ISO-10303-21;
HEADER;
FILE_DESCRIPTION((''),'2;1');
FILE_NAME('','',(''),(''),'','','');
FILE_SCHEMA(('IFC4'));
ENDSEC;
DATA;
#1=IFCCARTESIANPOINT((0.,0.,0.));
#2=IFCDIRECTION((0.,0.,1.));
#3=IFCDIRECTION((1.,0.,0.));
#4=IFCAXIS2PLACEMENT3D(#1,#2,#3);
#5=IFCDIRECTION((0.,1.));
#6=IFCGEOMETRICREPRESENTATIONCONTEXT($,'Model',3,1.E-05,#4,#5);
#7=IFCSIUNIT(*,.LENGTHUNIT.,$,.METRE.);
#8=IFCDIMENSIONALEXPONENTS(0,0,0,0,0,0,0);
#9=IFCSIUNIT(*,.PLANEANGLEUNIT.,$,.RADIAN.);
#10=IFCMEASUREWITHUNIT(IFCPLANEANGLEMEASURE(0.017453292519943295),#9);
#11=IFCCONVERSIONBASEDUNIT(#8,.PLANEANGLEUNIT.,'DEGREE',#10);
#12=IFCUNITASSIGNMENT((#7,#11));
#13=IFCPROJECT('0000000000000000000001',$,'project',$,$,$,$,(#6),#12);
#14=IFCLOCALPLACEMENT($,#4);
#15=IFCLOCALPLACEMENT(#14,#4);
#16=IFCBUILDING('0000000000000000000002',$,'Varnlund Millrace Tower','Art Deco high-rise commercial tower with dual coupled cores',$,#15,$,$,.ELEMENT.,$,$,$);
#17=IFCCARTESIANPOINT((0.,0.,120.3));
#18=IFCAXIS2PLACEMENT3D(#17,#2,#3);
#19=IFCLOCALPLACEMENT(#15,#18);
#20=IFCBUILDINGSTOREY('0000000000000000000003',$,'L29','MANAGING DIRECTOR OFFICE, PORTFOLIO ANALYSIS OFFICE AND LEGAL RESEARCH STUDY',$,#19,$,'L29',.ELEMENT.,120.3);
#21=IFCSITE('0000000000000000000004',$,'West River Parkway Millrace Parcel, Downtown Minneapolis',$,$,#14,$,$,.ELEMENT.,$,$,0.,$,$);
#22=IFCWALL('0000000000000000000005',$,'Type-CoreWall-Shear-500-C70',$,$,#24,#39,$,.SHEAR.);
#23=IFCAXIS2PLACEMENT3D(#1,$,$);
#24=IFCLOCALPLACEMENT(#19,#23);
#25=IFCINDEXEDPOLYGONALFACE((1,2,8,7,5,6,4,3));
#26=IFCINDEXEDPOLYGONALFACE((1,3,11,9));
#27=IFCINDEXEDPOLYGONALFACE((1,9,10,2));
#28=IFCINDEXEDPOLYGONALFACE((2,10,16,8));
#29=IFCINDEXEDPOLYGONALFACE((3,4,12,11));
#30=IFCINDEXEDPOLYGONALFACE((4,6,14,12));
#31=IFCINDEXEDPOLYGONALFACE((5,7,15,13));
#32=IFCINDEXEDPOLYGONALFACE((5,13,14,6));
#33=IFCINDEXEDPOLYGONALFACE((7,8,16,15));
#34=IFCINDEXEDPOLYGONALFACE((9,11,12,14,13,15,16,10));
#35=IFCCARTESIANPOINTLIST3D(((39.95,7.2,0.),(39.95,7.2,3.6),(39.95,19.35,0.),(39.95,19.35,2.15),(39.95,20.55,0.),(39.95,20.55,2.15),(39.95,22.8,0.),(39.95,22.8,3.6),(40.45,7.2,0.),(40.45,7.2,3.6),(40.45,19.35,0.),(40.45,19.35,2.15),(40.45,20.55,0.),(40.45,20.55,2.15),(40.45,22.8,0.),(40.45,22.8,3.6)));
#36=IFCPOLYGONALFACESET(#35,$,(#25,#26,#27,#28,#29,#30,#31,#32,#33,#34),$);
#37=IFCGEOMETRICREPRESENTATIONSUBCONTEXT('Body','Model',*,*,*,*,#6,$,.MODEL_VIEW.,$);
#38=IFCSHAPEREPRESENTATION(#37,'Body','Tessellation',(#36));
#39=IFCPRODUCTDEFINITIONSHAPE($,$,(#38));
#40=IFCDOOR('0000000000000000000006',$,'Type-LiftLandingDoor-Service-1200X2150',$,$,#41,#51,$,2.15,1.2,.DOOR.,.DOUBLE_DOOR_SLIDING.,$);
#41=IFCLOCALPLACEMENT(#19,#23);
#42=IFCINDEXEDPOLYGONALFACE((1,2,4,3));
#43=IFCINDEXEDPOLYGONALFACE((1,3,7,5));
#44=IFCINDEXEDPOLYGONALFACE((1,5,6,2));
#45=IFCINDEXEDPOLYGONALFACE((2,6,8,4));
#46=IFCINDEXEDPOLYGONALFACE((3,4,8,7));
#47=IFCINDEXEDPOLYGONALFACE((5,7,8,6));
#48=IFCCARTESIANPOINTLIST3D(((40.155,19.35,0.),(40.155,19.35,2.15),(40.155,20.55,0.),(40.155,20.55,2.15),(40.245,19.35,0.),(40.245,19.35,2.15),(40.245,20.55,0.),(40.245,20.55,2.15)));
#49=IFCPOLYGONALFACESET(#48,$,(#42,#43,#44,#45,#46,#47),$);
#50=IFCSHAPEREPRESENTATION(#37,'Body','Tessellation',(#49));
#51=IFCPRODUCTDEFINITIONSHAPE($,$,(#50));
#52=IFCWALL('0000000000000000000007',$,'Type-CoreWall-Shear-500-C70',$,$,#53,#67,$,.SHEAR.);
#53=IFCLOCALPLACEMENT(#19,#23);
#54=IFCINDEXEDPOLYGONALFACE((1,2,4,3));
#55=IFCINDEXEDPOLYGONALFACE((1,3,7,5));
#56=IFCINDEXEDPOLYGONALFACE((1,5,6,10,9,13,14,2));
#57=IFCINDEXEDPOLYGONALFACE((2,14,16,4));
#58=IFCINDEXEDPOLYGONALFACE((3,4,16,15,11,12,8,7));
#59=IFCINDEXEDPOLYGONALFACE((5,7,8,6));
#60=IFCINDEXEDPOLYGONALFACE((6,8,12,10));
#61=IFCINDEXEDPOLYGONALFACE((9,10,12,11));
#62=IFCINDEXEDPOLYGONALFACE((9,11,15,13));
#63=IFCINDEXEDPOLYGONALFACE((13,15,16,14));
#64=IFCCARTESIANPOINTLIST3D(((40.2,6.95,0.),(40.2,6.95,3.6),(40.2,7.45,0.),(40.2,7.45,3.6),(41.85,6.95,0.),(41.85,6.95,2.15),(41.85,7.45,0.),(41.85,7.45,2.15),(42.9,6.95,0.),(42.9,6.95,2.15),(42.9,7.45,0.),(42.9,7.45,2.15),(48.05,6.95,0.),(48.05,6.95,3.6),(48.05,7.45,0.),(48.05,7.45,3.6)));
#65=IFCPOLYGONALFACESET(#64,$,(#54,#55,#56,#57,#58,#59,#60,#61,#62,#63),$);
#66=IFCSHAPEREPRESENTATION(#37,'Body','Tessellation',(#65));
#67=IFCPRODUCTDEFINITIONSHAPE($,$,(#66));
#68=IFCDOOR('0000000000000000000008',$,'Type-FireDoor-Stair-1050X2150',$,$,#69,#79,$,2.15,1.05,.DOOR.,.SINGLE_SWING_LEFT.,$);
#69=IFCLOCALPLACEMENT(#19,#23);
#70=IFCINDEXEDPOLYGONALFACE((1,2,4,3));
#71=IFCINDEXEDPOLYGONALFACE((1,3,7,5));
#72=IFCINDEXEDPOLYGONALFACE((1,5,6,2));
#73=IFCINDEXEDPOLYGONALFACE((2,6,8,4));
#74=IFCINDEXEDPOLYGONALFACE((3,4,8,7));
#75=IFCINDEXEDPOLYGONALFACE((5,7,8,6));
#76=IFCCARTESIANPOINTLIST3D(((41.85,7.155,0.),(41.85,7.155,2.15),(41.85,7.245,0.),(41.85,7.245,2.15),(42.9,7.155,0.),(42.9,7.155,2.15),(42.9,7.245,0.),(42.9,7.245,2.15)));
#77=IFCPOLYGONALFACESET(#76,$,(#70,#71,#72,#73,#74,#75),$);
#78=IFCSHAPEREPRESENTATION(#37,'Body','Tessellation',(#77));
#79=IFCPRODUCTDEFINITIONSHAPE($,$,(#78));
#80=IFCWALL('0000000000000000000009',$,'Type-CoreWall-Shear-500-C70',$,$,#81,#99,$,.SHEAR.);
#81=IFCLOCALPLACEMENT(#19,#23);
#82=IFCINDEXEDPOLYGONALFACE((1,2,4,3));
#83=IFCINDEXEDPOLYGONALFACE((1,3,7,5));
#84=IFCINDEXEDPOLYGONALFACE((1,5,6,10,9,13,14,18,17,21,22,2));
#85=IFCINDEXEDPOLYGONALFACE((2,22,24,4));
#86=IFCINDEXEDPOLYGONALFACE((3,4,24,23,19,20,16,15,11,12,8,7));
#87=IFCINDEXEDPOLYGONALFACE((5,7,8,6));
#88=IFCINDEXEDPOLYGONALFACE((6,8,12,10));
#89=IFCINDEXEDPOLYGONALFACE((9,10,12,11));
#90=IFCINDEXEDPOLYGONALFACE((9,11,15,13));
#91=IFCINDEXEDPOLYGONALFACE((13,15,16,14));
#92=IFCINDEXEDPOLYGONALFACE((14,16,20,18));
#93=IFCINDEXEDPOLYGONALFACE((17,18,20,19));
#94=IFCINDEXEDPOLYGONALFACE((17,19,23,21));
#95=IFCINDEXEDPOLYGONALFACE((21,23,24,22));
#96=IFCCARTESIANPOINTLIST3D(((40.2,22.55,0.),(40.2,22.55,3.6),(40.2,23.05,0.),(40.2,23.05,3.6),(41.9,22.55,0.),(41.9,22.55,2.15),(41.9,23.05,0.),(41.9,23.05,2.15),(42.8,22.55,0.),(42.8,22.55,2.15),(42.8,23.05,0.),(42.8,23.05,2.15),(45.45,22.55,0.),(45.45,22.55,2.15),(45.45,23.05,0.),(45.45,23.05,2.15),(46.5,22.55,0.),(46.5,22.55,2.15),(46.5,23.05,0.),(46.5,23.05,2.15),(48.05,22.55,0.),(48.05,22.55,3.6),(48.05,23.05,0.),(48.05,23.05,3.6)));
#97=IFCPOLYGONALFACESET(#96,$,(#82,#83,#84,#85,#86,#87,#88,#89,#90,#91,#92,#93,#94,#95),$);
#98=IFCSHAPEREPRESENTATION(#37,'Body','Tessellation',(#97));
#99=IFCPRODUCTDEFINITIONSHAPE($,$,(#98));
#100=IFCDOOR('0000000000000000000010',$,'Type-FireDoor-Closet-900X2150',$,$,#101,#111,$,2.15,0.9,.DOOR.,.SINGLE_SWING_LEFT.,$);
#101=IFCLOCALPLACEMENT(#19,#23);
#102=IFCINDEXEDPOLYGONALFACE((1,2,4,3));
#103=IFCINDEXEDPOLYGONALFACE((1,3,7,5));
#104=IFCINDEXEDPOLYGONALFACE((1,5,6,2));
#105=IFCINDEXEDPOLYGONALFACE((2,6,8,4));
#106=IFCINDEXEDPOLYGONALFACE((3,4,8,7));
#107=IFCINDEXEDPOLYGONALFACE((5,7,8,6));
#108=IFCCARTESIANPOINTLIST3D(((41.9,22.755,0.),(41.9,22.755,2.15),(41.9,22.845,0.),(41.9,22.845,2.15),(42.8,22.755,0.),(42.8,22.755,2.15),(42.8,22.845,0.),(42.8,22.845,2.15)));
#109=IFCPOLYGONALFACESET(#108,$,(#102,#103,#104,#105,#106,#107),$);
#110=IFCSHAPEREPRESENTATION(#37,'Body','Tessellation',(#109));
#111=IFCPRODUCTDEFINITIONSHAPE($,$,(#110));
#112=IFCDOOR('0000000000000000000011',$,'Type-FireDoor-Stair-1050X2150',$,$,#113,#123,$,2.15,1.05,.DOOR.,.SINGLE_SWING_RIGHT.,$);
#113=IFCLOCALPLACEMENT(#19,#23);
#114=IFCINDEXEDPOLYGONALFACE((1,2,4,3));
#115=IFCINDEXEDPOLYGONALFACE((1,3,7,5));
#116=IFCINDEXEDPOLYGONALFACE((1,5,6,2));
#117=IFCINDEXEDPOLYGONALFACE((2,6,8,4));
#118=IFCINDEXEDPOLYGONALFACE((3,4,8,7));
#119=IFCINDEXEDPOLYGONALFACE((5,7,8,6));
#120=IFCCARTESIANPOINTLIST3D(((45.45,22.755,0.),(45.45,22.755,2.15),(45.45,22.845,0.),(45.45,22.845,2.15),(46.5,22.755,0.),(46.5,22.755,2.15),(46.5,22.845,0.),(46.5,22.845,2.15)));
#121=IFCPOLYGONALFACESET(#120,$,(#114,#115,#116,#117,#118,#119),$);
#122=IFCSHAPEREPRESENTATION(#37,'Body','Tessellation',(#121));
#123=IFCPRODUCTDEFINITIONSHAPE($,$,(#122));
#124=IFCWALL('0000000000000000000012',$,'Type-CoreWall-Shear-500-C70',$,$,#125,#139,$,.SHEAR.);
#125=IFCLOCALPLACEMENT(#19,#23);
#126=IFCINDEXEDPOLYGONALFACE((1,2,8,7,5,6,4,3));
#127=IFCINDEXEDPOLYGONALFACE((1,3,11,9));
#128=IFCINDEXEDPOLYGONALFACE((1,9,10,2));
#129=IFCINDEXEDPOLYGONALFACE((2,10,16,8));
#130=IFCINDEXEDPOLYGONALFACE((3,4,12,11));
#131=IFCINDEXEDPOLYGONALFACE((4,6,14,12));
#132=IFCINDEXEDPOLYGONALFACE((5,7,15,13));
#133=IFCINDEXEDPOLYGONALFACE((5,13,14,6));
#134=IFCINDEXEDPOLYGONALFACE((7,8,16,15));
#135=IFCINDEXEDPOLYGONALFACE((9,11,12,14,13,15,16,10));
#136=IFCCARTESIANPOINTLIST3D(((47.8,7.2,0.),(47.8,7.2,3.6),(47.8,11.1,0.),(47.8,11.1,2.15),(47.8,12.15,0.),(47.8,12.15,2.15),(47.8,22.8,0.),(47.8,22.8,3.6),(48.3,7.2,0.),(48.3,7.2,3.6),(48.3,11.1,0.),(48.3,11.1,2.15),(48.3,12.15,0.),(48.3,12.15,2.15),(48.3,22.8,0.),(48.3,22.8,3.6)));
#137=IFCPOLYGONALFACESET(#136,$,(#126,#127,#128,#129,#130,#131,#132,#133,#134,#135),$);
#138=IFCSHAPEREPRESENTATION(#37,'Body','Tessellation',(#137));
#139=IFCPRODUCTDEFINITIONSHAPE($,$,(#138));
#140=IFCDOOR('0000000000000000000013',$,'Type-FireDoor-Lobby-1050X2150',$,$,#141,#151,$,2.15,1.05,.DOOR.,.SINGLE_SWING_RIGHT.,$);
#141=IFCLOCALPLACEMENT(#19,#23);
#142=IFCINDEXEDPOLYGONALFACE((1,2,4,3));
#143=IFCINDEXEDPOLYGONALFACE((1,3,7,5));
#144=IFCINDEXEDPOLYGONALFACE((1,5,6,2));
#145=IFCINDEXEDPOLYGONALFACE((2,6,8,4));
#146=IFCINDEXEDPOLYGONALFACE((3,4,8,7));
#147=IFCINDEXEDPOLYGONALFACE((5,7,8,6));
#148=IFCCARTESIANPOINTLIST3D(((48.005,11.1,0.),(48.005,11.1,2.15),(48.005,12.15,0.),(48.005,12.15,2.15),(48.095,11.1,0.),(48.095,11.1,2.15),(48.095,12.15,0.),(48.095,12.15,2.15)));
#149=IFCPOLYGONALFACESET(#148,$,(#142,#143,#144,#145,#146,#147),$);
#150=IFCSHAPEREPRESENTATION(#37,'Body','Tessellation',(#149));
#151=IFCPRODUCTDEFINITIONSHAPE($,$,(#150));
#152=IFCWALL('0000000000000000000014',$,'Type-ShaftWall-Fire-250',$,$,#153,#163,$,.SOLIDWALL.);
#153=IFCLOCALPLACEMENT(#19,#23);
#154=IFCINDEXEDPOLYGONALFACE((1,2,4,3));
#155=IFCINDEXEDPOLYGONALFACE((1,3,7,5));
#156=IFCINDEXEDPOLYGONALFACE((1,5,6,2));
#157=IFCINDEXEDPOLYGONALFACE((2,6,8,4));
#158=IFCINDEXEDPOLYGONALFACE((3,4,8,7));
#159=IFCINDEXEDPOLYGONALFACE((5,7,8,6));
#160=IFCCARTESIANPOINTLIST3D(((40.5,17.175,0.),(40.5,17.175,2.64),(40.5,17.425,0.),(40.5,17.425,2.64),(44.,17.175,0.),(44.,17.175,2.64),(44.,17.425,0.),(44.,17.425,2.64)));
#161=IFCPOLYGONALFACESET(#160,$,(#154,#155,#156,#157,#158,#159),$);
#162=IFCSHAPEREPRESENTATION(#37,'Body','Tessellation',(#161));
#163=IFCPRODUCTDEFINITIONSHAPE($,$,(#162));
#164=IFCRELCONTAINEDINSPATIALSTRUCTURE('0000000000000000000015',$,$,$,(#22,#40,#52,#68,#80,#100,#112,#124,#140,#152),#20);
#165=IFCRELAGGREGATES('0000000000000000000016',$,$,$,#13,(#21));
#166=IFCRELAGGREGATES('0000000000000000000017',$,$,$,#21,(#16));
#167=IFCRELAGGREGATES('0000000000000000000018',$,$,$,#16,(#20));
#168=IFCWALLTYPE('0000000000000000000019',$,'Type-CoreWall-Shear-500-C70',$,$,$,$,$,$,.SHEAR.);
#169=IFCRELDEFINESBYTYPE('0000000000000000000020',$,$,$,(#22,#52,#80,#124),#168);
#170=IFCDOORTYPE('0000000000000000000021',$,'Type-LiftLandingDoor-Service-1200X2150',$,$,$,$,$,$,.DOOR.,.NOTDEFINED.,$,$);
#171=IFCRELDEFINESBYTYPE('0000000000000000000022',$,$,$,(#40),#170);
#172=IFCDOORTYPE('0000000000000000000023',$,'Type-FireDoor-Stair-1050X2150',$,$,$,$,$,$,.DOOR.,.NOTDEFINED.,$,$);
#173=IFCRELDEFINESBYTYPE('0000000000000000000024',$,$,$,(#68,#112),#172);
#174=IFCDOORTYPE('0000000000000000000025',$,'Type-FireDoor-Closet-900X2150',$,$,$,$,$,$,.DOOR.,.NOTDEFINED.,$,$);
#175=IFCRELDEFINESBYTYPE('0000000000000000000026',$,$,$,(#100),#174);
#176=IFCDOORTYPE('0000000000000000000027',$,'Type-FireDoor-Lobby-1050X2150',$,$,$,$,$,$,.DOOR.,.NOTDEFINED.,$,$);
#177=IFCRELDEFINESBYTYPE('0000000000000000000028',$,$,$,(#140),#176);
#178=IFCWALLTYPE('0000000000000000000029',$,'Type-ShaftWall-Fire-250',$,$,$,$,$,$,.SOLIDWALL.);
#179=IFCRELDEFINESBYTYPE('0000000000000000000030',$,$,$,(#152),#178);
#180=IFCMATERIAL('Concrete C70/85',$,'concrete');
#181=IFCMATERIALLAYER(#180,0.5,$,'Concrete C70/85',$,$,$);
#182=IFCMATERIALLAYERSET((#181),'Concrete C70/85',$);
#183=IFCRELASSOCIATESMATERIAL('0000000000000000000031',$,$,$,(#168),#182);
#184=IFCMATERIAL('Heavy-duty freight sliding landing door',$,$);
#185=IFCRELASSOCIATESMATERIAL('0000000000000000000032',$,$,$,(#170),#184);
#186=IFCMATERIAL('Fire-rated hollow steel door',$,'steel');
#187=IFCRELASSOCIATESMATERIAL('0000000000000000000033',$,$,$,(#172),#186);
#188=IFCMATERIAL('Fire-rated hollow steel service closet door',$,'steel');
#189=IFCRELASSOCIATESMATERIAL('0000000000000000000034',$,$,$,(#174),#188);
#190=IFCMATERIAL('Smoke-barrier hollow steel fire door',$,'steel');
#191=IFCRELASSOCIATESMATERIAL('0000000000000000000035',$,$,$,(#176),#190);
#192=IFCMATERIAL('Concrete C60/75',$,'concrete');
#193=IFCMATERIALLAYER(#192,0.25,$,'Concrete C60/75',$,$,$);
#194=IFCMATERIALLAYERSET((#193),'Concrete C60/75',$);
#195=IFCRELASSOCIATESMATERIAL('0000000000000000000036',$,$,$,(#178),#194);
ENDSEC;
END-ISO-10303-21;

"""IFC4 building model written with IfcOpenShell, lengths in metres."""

from ifc_helpers import new_model, entity, si_unit, converted_unit, direction, frame, origin_with_axes, origin_2d_with_axis, place, context, subcontext, project, spatial, polyline, rectangle, outline, extrude, material, layer, layer_set, type_object, element, fill, save


model = new_model("IFC4")

# Units and contexts
model_context = context("Model", 3, precision=1e-05, world=origin_with_axes(), true_north=direction((0.0, 1.0)))
body_context = subcontext(model_context, "Body", "Model", "MODEL_VIEW")
ifc_project = project(units=[si_unit("LENGTHUNIT", "METRE"), converted_unit("PLANEANGLEUNIT", "DEGREE", entity("IfcPlaneAngleMeasure", 0.017453292519943295), si_unit("PLANEANGLEUNIT", "RADIAN"), dimensions=[0, 0, 0, 0, 0, 0, 0])], contexts=[model_context])

# Site, building, storey
site_placement = place(None, origin_with_axes())
site = spatial("IfcSite", under=ifc_project, at=site_placement, Name="West River Parkway Millrace Parcel, Downtown Minneapolis", CompositionType="ELEMENT", RefElevation=0.0)
building_placement = place(site_placement, origin_with_axes())
building = spatial("IfcBuilding", under=site, at=building_placement, Name="Varnlund Millrace Tower", Description="Art Deco high-rise commercial tower with dual coupled cores", CompositionType="ELEMENT")
storey_placement = place(building_placement, frame((0.0, 0.0, 120.3), z_axis=(0.0, 0.0, 1.0), x_axis=(1.0, 0.0, 0.0)))
storey = spatial("IfcBuildingStorey", under=building, at=storey_placement, Name="L29", Description="MANAGING DIRECTOR OFFICE, PORTFOLIO ANALYSIS OFFICE AND LEGAL RESEARCH STUDY", LongName="L29", CompositionType="ELEMENT", Elevation=120.3)

# Walls, openings, doors
ifc_material_1 = material(Name="Concrete C70/85", Category="concrete")
ifc_layer_1 = layer(ifc_material_1, 0.5, Name="Concrete C70/85")
ifc_layer_set_1 = layer_set([ifc_layer_1], Name="Concrete C70/85")
wall_type_1 = type_object("IfcWallType", Name="Type-CoreWall-Shear-500-C70", PredefinedType="SHEAR", material=ifc_layer_set_1)
wall_1_placement = place(storey_placement, frame((40.2, 7.2, 0.0), z_axis=(0.0, 0.0, 1.0), x_axis=(0.0, 1.0, 0.0)))
wall_1 = element("IfcWall", 1, at=wall_1_placement, inside=storey, type_object=wall_type_1, Name="Type-CoreWall-Shear-500-C70", PredefinedType="SHEAR", context=body_context, shape_type="SweptSolid", body=[
    extrude(outline(polyline([(0.0, -0.25), (15.6, -0.25), (15.6, 0.25), (0.0, 0.25), (0.0, -0.25)])), origin_with_axes(), (0.0, 0.0, 1.0), 3.6),
])
opening_1_placement = place(wall_1_placement, frame((12.75, 0.0, 0.0), z_axis=(0.0, 0.0, 1.0), x_axis=(1.0, 0.0, 0.0)))
opening_1 = element("IfcOpeningElement", 2, at=opening_1_placement, cuts=wall_1, PredefinedType="OPENING", context=body_context, shape_type="SweptSolid", body=[
    extrude(rectangle(XDim=1.2, YDim=0.52, at=origin_2d_with_axis()), origin_with_axes(), (0.0, 0.0, 1.0), 2.15),
])
ifc_material_2 = material(Name="Heavy-duty freight sliding landing door")
door_type_1 = type_object("IfcDoorType", Name="Type-LiftLandingDoor-Service-1200X2150", OperationType="NOTDEFINED", PredefinedType="DOOR", material=ifc_material_2)
door_1_placement = place(wall_1_placement, frame((12.75, 0.0, 0.0), z_axis=(0.0, 0.0, 1.0), x_axis=(1.0, 0.0, 0.0)))
door_1 = element("IfcDoor", 3, at=door_1_placement, inside=storey, type_object=door_type_1, Name="Type-LiftLandingDoor-Service-1200X2150", OperationType="DOUBLE_DOOR_SLIDING", OverallHeight=2.15, OverallWidth=1.2, PredefinedType="DOOR", context=body_context, shape_type="SweptSolid", body=[
    extrude(rectangle(XDim=1.2, YDim=0.09, at=origin_2d_with_axis()), origin_with_axes(), (0.0, 0.0, 1.0), 2.15),
])
fill(opening_1, door_1)
wall_2_placement = place(storey_placement, frame((40.2, 7.2, 0.0), z_axis=(0.0, 0.0, 1.0), x_axis=(1.0, 0.0, 0.0)))
wall_2 = element("IfcWall", 4, at=wall_2_placement, inside=storey, type_object=wall_type_1, Name="Type-CoreWall-Shear-500-C70", PredefinedType="SHEAR", context=body_context, shape_type="SweptSolid", body=[
    extrude(outline(polyline([(0.0, -0.25), (7.85, -0.25), (7.85, 0.25), (0.0, 0.25), (0.0, -0.25)])), origin_with_axes(), (0.0, 0.0, 1.0), 3.6),
])
opening_2_placement = place(wall_2_placement, frame((2.175, 0.0, 0.0), z_axis=(0.0, 0.0, 1.0), x_axis=(1.0, 0.0, 0.0)))
opening_2 = element("IfcOpeningElement", 5, at=opening_2_placement, cuts=wall_2, PredefinedType="OPENING", context=body_context, shape_type="SweptSolid", body=[
    extrude(rectangle(XDim=1.05, YDim=0.52, at=origin_2d_with_axis()), origin_with_axes(), (0.0, 0.0, 1.0), 2.15),
])
ifc_material_3 = material(Name="Fire-rated hollow steel door", Category="steel")
door_type_2 = type_object("IfcDoorType", Name="Type-FireDoor-Stair-1050X2150", OperationType="NOTDEFINED", PredefinedType="DOOR", material=ifc_material_3)
door_2_placement = place(wall_2_placement, frame((2.175, 0.0, 0.0), z_axis=(0.0, 0.0, 1.0), x_axis=(1.0, 0.0, 0.0)))
door_2 = element("IfcDoor", 6, at=door_2_placement, inside=storey, type_object=door_type_2, Name="Type-FireDoor-Stair-1050X2150", OperationType="SINGLE_SWING_LEFT", OverallHeight=2.15, OverallWidth=1.05, PredefinedType="DOOR", context=body_context, shape_type="SweptSolid", body=[
    extrude(rectangle(XDim=1.05, YDim=0.09, at=origin_2d_with_axis()), origin_with_axes(), (0.0, 0.0, 1.0), 2.15),
])
fill(opening_2, door_2)

# Wall, openings, doors
wall_3_placement = place(storey_placement, frame((40.2, 22.8, 0.0), z_axis=(0.0, 0.0, 1.0), x_axis=(1.0, 0.0, 0.0)))
wall_3 = element("IfcWall", 7, at=wall_3_placement, inside=storey, type_object=wall_type_1, Name="Type-CoreWall-Shear-500-C70", PredefinedType="SHEAR", context=body_context, shape_type="SweptSolid", body=[
    extrude(outline(polyline([(0.0, -0.25), (7.85, -0.25), (7.85, 0.25), (0.0, 0.25), (0.0, -0.25)])), origin_with_axes(), (0.0, 0.0, 1.0), 3.6),
])
opening_3_placement = place(wall_3_placement, frame((5.775, 0.0, 0.0), z_axis=(0.0, 0.0, 1.0), x_axis=(1.0, 0.0, 0.0)))
opening_3 = element("IfcOpeningElement", 8, at=opening_3_placement, cuts=wall_3, PredefinedType="OPENING", context=body_context, shape_type="SweptSolid", body=[
    extrude(rectangle(XDim=1.05, YDim=0.52, at=origin_2d_with_axis()), origin_with_axes(), (0.0, 0.0, 1.0), 2.15),
])
opening_4_placement = place(wall_3_placement, frame((2.15, 0.0, 0.0), z_axis=(0.0, 0.0, 1.0), x_axis=(1.0, 0.0, 0.0)))
opening_4 = element("IfcOpeningElement", 9, at=opening_4_placement, cuts=wall_3, PredefinedType="OPENING", context=body_context, shape_type="SweptSolid", body=[
    extrude(rectangle(XDim=0.9, YDim=0.52, at=origin_2d_with_axis()), origin_with_axes(), (0.0, 0.0, 1.0), 2.15),
])
ifc_material_4 = material(Name="Fire-rated hollow steel service closet door", Category="steel")
door_type_3 = type_object("IfcDoorType", Name="Type-FireDoor-Closet-900X2150", OperationType="NOTDEFINED", PredefinedType="DOOR", material=ifc_material_4)
door_3_placement = place(wall_3_placement, frame((2.15, 0.0, 0.0), z_axis=(0.0, 0.0, 1.0), x_axis=(1.0, 0.0, 0.0)))
door_3 = element("IfcDoor", 10, at=door_3_placement, inside=storey, type_object=door_type_3, Name="Type-FireDoor-Closet-900X2150", OperationType="SINGLE_SWING_LEFT", OverallHeight=2.15, OverallWidth=0.9, PredefinedType="DOOR", context=body_context, shape_type="SweptSolid", body=[
    extrude(rectangle(XDim=0.9, YDim=0.09, at=origin_2d_with_axis()), origin_with_axes(), (0.0, 0.0, 1.0), 2.15),
])
fill(opening_4, door_3)
door_4_placement = place(wall_3_placement, frame((5.775, 0.0, 0.0), z_axis=(0.0, 0.0, 1.0), x_axis=(1.0, 0.0, 0.0)))
door_4 = element("IfcDoor", 11, at=door_4_placement, inside=storey, type_object=door_type_2, Name="Type-FireDoor-Stair-1050X2150", OperationType="SINGLE_SWING_RIGHT", OverallHeight=2.15, OverallWidth=1.05, PredefinedType="DOOR", context=body_context, shape_type="SweptSolid", body=[
    extrude(rectangle(XDim=1.05, YDim=0.09, at=origin_2d_with_axis()), origin_with_axes(), (0.0, 0.0, 1.0), 2.15),
])
fill(opening_3, door_4)

# Wall, opening, door
wall_4_placement = place(storey_placement, frame((48.05, 7.2, 0.0), z_axis=(0.0, 0.0, 1.0), x_axis=(0.0, 1.0, 0.0)))
wall_4 = element("IfcWall", 12, at=wall_4_placement, inside=storey, type_object=wall_type_1, Name="Type-CoreWall-Shear-500-C70", PredefinedType="SHEAR", context=body_context, shape_type="SweptSolid", body=[
    extrude(outline(polyline([(0.0, -0.25), (15.6, -0.25), (15.6, 0.25), (0.0, 0.25), (0.0, -0.25)])), origin_with_axes(), (0.0, 0.0, 1.0), 3.6),
])
opening_5_placement = place(wall_4_placement, frame((4.425, 0.0, 0.0), z_axis=(0.0, 0.0, 1.0), x_axis=(1.0, 0.0, 0.0)))
opening_5 = element("IfcOpeningElement", 13, at=opening_5_placement, cuts=wall_4, PredefinedType="OPENING", context=body_context, shape_type="SweptSolid", body=[
    extrude(rectangle(XDim=1.05, YDim=0.52, at=origin_2d_with_axis()), origin_with_axes(), (0.0, 0.0, 1.0), 2.15),
])
ifc_material_5 = material(Name="Smoke-barrier hollow steel fire door", Category="steel")
door_type_4 = type_object("IfcDoorType", Name="Type-FireDoor-Lobby-1050X2150", OperationType="NOTDEFINED", PredefinedType="DOOR", material=ifc_material_5)
door_5_placement = place(wall_4_placement, frame((4.425, 0.0, 0.0), z_axis=(0.0, 0.0, 1.0), x_axis=(1.0, 0.0, 0.0)))
door_5 = element("IfcDoor", 14, at=door_5_placement, inside=storey, type_object=door_type_4, Name="Type-FireDoor-Lobby-1050X2150", OperationType="SINGLE_SWING_RIGHT", OverallHeight=2.15, OverallWidth=1.05, PredefinedType="DOOR", context=body_context, shape_type="SweptSolid", body=[
    extrude(rectangle(XDim=1.05, YDim=0.09, at=origin_2d_with_axis()), origin_with_axes(), (0.0, 0.0, 1.0), 2.15),
])
fill(opening_5, door_5)

# Wall
ifc_material_6 = material(Name="Concrete C60/75", Category="concrete")
ifc_layer_2 = layer(ifc_material_6, 0.25, Name="Concrete C60/75")
ifc_layer_set_2 = layer_set([ifc_layer_2], Name="Concrete C60/75")
wall_type_2 = type_object("IfcWallType", Name="Type-ShaftWall-Fire-250", PredefinedType="SOLIDWALL", material=ifc_layer_set_2)
for number, where, z_axis, x_axis, name in (
    (15, (40.5, 17.3, 0.0), (0.0, 0.0, 1.0), (1.0, 0.0, 0.0), "Type-ShaftWall-Fire-250"),
):
    element("IfcWall", number, at=place(storey_placement, frame(where, z_axis=z_axis, x_axis=x_axis)), inside=storey, type_object=wall_type_2, Name=name, PredefinedType="SOLIDWALL", context=body_context, shape_type="SweptSolid", body=[
        extrude(outline(polyline([(0.0, -0.125), (3.5, -0.125), (3.5, 0.125), (0.0, 0.125), (0.0, -0.125)])), origin_with_axes(), (0.0, 0.0, 1.0), 2.64),
    ])

save(model, "model.ifc")
